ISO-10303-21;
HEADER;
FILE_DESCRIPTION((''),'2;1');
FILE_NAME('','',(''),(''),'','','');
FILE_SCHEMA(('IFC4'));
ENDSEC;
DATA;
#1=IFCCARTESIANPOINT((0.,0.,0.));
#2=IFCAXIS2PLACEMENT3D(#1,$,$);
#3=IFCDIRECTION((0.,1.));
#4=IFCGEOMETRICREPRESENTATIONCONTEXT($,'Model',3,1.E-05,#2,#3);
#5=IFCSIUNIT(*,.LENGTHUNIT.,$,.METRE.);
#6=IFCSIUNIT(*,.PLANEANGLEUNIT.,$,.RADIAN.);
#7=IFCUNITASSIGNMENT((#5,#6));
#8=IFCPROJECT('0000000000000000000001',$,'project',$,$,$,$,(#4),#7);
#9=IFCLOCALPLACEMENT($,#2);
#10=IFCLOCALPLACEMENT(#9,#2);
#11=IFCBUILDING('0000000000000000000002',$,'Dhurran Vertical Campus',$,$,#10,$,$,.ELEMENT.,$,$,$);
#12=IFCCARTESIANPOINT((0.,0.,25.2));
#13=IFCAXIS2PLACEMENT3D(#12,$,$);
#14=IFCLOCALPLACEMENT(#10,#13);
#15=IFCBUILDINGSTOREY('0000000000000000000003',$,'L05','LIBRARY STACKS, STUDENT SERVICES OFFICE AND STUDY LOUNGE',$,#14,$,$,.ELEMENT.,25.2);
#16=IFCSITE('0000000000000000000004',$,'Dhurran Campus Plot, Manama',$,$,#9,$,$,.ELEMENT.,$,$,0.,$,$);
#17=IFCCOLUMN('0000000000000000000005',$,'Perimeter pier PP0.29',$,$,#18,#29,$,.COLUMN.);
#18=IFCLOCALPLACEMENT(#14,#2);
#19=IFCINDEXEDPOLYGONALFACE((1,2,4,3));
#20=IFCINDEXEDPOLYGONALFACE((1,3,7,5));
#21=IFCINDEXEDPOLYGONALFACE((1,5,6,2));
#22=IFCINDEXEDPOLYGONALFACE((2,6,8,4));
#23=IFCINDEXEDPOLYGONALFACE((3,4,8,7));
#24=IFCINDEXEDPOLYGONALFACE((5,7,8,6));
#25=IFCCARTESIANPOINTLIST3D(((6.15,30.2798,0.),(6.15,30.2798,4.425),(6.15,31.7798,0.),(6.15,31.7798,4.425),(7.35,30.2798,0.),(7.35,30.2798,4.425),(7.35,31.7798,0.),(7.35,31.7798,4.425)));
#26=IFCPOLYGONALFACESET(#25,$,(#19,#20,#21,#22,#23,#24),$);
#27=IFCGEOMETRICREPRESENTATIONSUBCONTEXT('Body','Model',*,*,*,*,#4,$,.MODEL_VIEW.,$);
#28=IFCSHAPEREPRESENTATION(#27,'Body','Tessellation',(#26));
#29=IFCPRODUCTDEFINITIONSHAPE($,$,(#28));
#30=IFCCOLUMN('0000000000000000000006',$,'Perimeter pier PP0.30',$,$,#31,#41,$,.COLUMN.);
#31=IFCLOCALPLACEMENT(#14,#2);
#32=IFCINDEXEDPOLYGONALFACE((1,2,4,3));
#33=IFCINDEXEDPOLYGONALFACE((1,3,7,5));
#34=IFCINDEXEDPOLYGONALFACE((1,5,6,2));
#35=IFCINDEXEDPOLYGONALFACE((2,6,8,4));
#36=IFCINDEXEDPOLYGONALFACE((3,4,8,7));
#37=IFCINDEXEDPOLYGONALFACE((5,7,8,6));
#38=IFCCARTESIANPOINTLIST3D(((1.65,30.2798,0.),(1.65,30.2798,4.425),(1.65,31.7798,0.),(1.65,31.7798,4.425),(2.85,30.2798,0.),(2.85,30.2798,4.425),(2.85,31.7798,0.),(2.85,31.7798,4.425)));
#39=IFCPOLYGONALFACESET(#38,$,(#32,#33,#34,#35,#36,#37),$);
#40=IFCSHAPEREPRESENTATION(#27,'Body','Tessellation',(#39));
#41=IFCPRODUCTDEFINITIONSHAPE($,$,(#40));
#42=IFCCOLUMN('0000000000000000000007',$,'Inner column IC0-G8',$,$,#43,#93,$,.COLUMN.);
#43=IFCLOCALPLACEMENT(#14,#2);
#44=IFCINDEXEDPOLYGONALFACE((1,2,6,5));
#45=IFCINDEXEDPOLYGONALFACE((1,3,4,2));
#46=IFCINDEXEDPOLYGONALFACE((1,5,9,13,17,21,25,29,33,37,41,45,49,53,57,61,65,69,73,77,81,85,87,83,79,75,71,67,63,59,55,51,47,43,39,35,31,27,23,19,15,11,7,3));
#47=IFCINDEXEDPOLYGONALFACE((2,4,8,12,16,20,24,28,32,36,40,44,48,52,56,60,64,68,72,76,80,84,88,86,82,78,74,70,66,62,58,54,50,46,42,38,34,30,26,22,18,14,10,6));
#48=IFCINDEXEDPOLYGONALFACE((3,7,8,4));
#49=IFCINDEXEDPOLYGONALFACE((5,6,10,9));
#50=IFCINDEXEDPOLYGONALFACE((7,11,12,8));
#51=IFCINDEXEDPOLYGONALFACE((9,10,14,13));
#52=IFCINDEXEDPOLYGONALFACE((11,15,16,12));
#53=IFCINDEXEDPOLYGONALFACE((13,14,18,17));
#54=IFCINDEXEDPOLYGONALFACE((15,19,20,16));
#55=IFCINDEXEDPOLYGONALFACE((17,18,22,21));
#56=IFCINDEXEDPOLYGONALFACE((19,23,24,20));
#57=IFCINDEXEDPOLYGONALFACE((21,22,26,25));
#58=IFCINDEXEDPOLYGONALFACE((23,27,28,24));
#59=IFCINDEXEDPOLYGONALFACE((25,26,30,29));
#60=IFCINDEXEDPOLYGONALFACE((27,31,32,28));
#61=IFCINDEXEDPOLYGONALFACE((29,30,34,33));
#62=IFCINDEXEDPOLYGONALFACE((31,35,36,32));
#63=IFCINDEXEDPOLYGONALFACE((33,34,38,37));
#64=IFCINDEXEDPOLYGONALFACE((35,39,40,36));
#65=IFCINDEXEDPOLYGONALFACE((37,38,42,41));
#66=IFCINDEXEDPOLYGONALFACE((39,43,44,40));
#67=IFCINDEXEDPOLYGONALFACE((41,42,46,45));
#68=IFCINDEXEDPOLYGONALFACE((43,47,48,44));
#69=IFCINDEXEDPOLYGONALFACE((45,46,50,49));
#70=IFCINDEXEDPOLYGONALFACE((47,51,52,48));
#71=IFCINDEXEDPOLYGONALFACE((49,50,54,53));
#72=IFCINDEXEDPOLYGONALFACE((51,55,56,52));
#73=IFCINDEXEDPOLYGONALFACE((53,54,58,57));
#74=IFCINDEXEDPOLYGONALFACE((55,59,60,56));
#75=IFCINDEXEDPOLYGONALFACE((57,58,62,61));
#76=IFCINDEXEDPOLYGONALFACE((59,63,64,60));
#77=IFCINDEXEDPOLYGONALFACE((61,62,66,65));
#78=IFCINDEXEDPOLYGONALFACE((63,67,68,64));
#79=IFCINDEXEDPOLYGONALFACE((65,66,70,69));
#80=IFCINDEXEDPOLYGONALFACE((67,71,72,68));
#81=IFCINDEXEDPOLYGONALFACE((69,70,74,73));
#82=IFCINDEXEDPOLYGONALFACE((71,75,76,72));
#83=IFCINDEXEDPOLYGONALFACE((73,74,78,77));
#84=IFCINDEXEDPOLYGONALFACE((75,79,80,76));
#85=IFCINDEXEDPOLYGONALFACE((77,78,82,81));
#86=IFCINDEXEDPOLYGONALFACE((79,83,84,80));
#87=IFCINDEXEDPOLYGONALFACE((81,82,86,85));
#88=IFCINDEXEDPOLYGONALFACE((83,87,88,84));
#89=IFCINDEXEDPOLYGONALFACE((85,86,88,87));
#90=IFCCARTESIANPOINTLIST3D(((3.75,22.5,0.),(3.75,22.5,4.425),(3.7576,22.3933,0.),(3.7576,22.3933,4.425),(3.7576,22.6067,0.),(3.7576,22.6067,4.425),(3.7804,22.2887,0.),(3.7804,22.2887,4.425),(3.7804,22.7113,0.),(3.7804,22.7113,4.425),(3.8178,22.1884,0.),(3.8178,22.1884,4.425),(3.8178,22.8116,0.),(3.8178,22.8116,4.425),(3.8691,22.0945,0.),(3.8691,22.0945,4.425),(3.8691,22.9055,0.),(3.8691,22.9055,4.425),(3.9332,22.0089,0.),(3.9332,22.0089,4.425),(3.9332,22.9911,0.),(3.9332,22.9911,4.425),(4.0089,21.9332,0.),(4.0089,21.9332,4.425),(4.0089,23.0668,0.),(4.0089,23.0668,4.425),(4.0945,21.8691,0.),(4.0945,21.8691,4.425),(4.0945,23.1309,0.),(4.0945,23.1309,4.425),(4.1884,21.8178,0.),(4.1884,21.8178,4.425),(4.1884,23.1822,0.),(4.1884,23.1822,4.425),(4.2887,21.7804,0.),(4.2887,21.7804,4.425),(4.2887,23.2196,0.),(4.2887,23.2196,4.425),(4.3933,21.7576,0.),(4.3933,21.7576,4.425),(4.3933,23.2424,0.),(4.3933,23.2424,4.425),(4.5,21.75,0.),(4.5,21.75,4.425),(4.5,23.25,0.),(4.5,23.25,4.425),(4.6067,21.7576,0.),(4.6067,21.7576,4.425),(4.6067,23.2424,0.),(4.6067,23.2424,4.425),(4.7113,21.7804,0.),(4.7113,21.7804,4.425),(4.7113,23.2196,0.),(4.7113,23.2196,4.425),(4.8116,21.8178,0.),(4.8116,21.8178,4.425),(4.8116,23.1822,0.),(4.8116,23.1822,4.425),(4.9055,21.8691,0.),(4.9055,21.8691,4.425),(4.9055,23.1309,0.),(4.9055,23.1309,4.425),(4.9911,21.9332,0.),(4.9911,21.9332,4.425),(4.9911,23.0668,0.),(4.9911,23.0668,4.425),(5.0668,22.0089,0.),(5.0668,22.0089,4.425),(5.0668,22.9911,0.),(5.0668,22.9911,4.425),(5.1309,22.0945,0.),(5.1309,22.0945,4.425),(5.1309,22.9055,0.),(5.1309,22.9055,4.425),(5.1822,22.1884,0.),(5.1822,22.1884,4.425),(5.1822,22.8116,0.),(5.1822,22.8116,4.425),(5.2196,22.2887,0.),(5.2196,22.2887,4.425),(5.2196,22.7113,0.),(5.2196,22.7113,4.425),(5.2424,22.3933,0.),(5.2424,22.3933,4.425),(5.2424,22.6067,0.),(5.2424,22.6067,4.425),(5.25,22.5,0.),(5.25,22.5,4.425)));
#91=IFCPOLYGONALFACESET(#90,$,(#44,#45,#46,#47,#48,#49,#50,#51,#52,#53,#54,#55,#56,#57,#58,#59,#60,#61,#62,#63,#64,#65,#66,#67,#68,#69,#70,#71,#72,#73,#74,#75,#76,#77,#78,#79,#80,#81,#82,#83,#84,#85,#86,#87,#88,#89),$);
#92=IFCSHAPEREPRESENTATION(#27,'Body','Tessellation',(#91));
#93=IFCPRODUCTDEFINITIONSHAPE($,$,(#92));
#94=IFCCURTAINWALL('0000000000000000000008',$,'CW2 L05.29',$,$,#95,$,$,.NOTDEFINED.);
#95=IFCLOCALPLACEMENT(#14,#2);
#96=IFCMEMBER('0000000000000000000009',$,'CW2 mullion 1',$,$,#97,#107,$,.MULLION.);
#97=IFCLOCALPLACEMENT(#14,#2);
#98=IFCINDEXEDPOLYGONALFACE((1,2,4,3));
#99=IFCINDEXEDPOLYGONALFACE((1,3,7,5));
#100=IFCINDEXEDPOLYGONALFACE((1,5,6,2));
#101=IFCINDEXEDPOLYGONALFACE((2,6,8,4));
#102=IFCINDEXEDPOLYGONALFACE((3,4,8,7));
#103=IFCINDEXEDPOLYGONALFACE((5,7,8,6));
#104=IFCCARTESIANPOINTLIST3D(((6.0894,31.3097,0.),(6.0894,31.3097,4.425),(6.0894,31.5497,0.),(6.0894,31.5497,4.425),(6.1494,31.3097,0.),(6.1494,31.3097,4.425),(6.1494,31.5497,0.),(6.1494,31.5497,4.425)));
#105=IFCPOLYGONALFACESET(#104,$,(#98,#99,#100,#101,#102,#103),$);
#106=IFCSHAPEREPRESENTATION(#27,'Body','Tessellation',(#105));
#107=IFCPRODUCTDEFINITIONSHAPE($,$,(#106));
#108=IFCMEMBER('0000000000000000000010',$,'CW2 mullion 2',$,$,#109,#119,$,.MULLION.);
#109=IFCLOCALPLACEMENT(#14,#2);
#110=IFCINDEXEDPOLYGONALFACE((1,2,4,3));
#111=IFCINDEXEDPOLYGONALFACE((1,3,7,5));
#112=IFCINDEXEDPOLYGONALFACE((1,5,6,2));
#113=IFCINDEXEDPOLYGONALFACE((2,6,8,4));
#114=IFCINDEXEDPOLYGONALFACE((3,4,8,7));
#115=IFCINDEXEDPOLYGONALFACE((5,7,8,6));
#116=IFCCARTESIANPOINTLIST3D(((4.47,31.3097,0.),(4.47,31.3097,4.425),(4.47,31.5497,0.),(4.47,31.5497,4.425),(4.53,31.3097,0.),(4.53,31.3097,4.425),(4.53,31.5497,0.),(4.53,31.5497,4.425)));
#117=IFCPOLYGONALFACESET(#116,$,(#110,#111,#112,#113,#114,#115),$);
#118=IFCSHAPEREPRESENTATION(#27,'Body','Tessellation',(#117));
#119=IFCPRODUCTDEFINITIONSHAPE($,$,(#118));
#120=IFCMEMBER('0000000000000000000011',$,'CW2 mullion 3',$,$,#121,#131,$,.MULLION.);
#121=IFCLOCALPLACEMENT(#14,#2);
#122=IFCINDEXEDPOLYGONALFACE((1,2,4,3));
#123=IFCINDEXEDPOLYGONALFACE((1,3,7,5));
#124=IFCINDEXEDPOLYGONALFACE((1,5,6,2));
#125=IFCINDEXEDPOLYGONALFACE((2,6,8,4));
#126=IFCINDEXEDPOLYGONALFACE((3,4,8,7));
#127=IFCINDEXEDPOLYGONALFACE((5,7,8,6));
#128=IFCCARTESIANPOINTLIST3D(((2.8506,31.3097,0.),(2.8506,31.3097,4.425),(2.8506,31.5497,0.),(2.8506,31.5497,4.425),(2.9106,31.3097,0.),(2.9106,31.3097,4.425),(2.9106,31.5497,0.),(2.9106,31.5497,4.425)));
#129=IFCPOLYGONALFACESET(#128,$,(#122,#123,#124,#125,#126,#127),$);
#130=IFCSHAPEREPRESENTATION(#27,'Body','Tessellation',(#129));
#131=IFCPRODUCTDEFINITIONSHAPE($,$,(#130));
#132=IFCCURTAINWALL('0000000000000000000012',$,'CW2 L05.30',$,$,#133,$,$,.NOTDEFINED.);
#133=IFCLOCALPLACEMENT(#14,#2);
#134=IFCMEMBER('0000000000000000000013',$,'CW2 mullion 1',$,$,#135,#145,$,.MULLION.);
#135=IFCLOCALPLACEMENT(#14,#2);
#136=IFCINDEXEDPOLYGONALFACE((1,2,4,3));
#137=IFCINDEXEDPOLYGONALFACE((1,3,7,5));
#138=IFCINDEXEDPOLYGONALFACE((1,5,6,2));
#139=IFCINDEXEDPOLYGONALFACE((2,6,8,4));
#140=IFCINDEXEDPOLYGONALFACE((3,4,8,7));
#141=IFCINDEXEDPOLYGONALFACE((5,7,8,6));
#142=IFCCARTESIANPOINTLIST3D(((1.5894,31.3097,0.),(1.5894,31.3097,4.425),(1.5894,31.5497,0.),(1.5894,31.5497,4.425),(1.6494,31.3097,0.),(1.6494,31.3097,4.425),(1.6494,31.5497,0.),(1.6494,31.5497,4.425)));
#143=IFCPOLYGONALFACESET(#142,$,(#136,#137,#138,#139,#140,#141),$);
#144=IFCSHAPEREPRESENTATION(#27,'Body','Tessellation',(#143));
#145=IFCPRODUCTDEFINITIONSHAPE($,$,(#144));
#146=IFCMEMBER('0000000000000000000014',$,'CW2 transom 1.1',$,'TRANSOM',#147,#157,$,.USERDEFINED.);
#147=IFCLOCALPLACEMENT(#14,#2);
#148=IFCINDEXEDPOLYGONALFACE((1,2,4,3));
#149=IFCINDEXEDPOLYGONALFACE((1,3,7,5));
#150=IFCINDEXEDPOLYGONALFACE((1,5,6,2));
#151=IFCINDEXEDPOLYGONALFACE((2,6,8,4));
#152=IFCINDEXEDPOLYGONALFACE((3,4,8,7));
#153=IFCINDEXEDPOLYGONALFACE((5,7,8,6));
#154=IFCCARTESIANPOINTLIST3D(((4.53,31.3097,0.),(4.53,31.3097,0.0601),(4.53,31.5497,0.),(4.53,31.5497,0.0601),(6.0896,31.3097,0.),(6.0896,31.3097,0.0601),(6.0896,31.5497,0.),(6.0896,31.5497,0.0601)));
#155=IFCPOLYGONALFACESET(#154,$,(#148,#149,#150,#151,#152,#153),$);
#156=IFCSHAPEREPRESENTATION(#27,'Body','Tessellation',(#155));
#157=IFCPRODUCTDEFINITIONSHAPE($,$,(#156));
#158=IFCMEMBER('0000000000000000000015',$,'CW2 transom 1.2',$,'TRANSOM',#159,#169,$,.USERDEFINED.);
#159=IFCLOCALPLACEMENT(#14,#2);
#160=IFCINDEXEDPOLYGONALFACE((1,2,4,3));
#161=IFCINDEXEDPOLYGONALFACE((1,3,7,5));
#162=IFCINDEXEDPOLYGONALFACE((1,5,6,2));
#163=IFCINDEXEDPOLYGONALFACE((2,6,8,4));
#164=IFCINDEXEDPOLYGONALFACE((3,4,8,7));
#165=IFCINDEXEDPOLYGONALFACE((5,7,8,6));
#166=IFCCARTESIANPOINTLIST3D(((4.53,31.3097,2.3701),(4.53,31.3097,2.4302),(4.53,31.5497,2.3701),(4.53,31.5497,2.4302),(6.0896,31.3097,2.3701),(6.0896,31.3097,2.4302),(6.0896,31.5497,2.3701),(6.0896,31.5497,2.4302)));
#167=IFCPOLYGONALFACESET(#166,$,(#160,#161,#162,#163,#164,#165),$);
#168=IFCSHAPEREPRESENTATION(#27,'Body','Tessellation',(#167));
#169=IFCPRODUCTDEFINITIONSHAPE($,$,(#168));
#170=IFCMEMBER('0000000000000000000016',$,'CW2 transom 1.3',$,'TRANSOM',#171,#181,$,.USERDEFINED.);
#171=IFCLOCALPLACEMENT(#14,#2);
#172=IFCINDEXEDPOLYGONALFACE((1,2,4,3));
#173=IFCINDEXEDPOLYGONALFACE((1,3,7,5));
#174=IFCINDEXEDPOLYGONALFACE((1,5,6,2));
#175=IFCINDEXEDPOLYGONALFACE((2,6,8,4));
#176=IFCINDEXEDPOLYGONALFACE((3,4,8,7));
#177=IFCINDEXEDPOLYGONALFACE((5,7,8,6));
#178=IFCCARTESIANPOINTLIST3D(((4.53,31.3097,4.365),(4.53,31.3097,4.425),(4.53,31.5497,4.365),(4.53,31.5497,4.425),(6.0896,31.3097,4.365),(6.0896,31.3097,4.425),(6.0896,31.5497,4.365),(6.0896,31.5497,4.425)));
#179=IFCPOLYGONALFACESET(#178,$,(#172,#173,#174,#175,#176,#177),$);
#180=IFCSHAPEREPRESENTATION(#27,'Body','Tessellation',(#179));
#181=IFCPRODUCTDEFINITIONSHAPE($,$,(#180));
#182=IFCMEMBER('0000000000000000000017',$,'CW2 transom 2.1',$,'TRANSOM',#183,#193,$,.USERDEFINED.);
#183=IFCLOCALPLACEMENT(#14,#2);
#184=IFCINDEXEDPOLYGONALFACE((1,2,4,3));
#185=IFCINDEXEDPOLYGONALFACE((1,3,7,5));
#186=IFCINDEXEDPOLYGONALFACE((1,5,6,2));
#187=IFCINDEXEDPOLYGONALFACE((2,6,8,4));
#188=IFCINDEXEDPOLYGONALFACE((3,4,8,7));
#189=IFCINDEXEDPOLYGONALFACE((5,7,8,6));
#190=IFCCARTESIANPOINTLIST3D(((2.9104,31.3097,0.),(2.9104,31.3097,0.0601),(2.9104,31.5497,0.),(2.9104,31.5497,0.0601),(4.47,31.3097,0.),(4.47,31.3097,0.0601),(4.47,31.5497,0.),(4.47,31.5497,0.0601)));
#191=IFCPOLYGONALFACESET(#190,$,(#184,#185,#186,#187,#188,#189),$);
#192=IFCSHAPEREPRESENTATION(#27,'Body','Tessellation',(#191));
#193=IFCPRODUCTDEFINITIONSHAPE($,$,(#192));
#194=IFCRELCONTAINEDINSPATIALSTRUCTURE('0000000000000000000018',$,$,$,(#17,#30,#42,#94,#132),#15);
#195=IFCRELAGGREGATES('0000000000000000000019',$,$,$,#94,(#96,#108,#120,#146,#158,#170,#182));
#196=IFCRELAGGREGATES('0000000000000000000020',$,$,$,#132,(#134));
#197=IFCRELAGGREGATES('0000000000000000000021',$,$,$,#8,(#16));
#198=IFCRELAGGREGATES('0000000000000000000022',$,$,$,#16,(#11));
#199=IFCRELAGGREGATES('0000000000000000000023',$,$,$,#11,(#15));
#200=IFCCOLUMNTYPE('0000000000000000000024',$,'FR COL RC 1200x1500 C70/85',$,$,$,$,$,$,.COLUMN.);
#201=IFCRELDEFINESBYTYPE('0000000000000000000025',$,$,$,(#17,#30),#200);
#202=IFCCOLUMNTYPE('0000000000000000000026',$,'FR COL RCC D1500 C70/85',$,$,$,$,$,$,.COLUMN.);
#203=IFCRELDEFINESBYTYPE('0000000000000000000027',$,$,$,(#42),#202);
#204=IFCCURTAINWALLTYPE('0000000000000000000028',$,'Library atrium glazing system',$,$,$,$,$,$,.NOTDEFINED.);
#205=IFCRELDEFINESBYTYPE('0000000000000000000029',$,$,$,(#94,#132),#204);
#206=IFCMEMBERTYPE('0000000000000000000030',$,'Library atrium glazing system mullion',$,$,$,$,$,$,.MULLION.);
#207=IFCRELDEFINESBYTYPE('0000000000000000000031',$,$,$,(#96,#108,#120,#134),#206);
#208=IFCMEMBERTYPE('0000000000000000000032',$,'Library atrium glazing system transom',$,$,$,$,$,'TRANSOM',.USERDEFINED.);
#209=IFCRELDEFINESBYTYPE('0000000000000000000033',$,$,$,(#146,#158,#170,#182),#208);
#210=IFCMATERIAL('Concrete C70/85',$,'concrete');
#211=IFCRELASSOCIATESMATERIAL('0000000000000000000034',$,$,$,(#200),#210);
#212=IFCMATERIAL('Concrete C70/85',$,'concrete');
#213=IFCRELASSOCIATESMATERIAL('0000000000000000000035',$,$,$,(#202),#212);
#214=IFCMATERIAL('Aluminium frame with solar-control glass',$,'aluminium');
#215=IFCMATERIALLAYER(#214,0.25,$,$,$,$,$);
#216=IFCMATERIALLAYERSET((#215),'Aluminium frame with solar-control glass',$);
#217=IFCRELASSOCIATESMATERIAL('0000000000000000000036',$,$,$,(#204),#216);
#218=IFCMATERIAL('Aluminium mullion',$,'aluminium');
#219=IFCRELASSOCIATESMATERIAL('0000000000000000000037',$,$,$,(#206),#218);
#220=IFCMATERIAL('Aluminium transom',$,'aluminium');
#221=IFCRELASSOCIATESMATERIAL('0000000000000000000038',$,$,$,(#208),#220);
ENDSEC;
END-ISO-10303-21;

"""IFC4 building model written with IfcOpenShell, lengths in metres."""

from ifc_helpers import new_model, si_unit, direction, frame, origin, origin_2d, place, context, subcontext, project, spatial, rectangle, circle, extrude, material, layer, layer_set, material_profile, profile_set, type_object, element, aggregate, save


model = new_model("IFC4")

# Units and contexts
model_context = context("Model", 3, precision=1e-05, world=origin(), true_north=direction((0.0, 1.0)))
body_context = subcontext(model_context, "Body", "Model", "MODEL_VIEW")
ifc_project = project(units=[si_unit("LENGTHUNIT", "METRE"), si_unit("PLANEANGLEUNIT", "RADIAN")], contexts=[model_context])

# Site, building, storey
site_placement = place(None, origin())
site = spatial("IfcSite", under=ifc_project, at=site_placement, Name="Dhurran Campus Plot, Manama", CompositionType="ELEMENT", RefElevation=0.0)
building_placement = place(site_placement, origin())
building = spatial("IfcBuilding", under=site, at=building_placement, Name="Dhurran Vertical Campus", CompositionType="ELEMENT")
storey_placement = place(building_placement, frame((0.0, 0.0, 25.2)))
storey = spatial("IfcBuildingStorey", under=building, at=storey_placement, Name="L05", Description="LIBRARY STACKS, STUDENT SERVICES OFFICE AND STUDY LOUNGE", CompositionType="ELEMENT", Elevation=25.2)

# Columns
ifc_material_1 = material(Name="Concrete C70/85", Category="concrete")
ifc_material_profile_1 = material_profile(ifc_material_1, rectangle(XDim=1.2, YDim=1.5, at=origin_2d()), Name="RC 1200x1500")
ifc_profile_set_1 = profile_set([ifc_material_profile_1], Name="Concrete C70/85")
column_type_1 = type_object("IfcColumnType", Name="FR COL RC 1200x1500 C70/85", PredefinedType="COLUMN", material=ifc_profile_set_1)
for number, where, z_axis, x_axis, name in (
    (1, (6.75, 31.0298, 0.0), (0.0, 0.0, 1.0), (-1.0, 0.0, 0.0), "Perimeter pier PP0.29"),
    (2, (2.25, 31.0298, 0.0), (0.0, 0.0, 1.0), (-1.0, 0.0, 0.0), "Perimeter pier PP0.30"),
):
    element("IfcColumn", number, at=place(storey_placement, frame(where, z_axis=z_axis, x_axis=x_axis)), inside=storey, type_object=column_type_1, Name=name, PredefinedType="COLUMN", context=body_context, shape_type="SweptSolid", body=[
        extrude(rectangle(XDim=1.2, YDim=1.5, at=origin_2d()), origin(), (0.0, 0.0, 1.0), 4.425),
    ])
ifc_material_2 = material(Name="Concrete C70/85", Category="concrete")
ifc_material_profile_2 = material_profile(ifc_material_2, circle(Radius=0.75, at=origin_2d()), Name="RCC D1500")
ifc_profile_set_2 = profile_set([ifc_material_profile_2], Name="Concrete C70/85")
column_type_2 = type_object("IfcColumnType", Name="FR COL RCC D1500 C70/85", PredefinedType="COLUMN", material=ifc_profile_set_2)
column_placement = place(storey_placement, frame((4.5, 22.5, 0.0), z_axis=(0.0, 0.0, 1.0), x_axis=(1.0, 0.0, 0.0)))
element("IfcColumn", 3, at=column_placement, inside=storey, type_object=column_type_2, Name="Inner column IC0-G8", PredefinedType="COLUMN", context=body_context, shape_type="SweptSolid", body=[
    extrude(circle(Radius=0.75, at=origin_2d()), origin(), (0.0, 0.0, 1.0), 4.425),
])

# Curtain wall, members
ifc_material_3 = material(Name="Aluminium frame with solar-control glass", Category="aluminium")
ifc_layer_1 = layer(ifc_material_3, 0.25)
ifc_layer_set_1 = layer_set([ifc_layer_1], Name="Aluminium frame with solar-control glass")
curtain_wall_type = type_object("IfcCurtainWallType", Name="Library atrium glazing system", PredefinedType="NOTDEFINED", material=ifc_layer_set_1)
curtain_wall_1_placement = place(storey_placement, origin())
curtain_wall_1 = element("IfcCurtainWall", 4, at=curtain_wall_1_placement, inside=storey, type_object=curtain_wall_type, Name="CW2 L05.29", PredefinedType="NOTDEFINED")
ifc_material_4 = material(Name="Aluminium mullion", Category="aluminium")
ifc_material_profile_3 = material_profile(ifc_material_4, rectangle(XDim=0.24, YDim=0.0601, at=origin_2d()), Name="Library atrium glazing system mullion")
ifc_profile_set_3 = profile_set([ifc_material_profile_3], Name="Aluminium mullion")
member_type_1 = type_object("IfcMemberType", Name="Library atrium glazing system mullion", PredefinedType="MULLION", material=ifc_profile_set_3)
member_1_placement = place(storey_placement, frame((6.1194, 31.4297, 0.0), z_axis=(0.0, 0.0, 1.0), x_axis=(0.0, -1.0, 0.0)))
member_1 = element("IfcMember", 5, at=member_1_placement, type_object=member_type_1, Name="CW2 mullion 1", PredefinedType="MULLION", context=body_context, shape_type="SweptSolid", body=[
    extrude(rectangle(XDim=0.24, YDim=0.0601, at=origin_2d()), origin(), (0.0, 0.0, 1.0), 4.425),
])
member_2_placement = place(storey_placement, frame((4.5, 31.4297, 0.0), z_axis=(0.0, 0.0, 1.0), x_axis=(0.0, -1.0, 0.0)))
member_2 = element("IfcMember", 6, at=member_2_placement, type_object=member_type_1, Name="CW2 mullion 2", PredefinedType="MULLION", context=body_context, shape_type="SweptSolid", body=[
    extrude(rectangle(XDim=0.24, YDim=0.0601, at=origin_2d()), origin(), (0.0, 0.0, 1.0), 4.425),
])
member_3_placement = place(storey_placement, frame((2.8806, 31.4297, 0.0), z_axis=(0.0, 0.0, 1.0), x_axis=(0.0, -1.0, 0.0)))
member_3 = element("IfcMember", 7, at=member_3_placement, type_object=member_type_1, Name="CW2 mullion 3", PredefinedType="MULLION", context=body_context, shape_type="SweptSolid", body=[
    extrude(rectangle(XDim=0.24, YDim=0.0601, at=origin_2d()), origin(), (0.0, 0.0, 1.0), 4.425),
])

# Curtain wall, member
curtain_wall_2_placement = place(storey_placement, origin())
curtain_wall_2 = element("IfcCurtainWall", 8, at=curtain_wall_2_placement, inside=storey, type_object=curtain_wall_type, Name="CW2 L05.30", PredefinedType="NOTDEFINED")
member_4_placement = place(storey_placement, frame((1.6194, 31.4297, 0.0), z_axis=(0.0, 0.0, 1.0), x_axis=(0.0, -1.0, 0.0)))
member_4 = element("IfcMember", 9, at=member_4_placement, type_object=member_type_1, Name="CW2 mullion 1", PredefinedType="MULLION", context=body_context, shape_type="SweptSolid", body=[
    extrude(rectangle(XDim=0.24, YDim=0.0601, at=origin_2d()), origin(), (0.0, 0.0, 1.0), 4.425),
])

# Members
ifc_material_5 = material(Name="Aluminium transom", Category="aluminium")
ifc_material_profile_4 = material_profile(ifc_material_5, rectangle(XDim=0.24, YDim=0.0601, at=origin_2d()), Name="Library atrium glazing system transom")
ifc_profile_set_4 = profile_set([ifc_material_profile_4], Name="Aluminium transom")
member_type_2 = type_object("IfcMemberType", Name="Library atrium glazing system transom", ElementType="TRANSOM", PredefinedType="USERDEFINED", material=ifc_profile_set_4)
member_5_placement = place(storey_placement, frame((6.0896, 31.4297, 0.03), z_axis=(-1.0, 0.0, 0.0), x_axis=(0.0, -1.0, 0.0)))
member_5 = element("IfcMember", 10, at=member_5_placement, type_object=member_type_2, Name="CW2 transom 1.1", ObjectType="TRANSOM", PredefinedType="USERDEFINED", context=body_context, shape_type="SweptSolid", body=[
    extrude(rectangle(XDim=0.24, YDim=0.0601, at=origin_2d()), origin(), (0.0, 0.0, 1.0), 1.5596),
])
member_6_placement = place(storey_placement, frame((6.0896, 31.4297, 2.4001), z_axis=(-1.0, 0.0, 0.0), x_axis=(0.0, -1.0, 0.0)))
member_6 = element("IfcMember", 11, at=member_6_placement, type_object=member_type_2, Name="CW2 transom 1.2", ObjectType="TRANSOM", PredefinedType="USERDEFINED", context=body_context, shape_type="SweptSolid", body=[
    extrude(rectangle(XDim=0.24, YDim=0.0601, at=origin_2d()), origin(), (0.0, 0.0, 1.0), 1.5596),
])
member_7_placement = place(storey_placement, frame((6.0896, 31.4297, 4.395), z_axis=(-1.0, 0.0, 0.0), x_axis=(0.0, -1.0, 0.0)))
member_7 = element("IfcMember", 12, at=member_7_placement, type_object=member_type_2, Name="CW2 transom 1.3", ObjectType="TRANSOM", PredefinedType="USERDEFINED", context=body_context, shape_type="SweptSolid", body=[
    extrude(rectangle(XDim=0.24, YDim=0.0601, at=origin_2d()), origin(), (0.0, 0.0, 1.0), 1.5596),
])
member_8_placement = place(storey_placement, frame((4.47, 31.4297, 0.03), z_axis=(-1.0, 0.0, 0.0), x_axis=(0.0, -1.0, 0.0)))
member_8 = element("IfcMember", 13, at=member_8_placement, type_object=member_type_2, Name="CW2 transom 2.1", ObjectType="TRANSOM", PredefinedType="USERDEFINED", context=body_context, shape_type="SweptSolid", body=[
    extrude(rectangle(XDim=0.24, YDim=0.0601, at=origin_2d()), origin(), (0.0, 0.0, 1.0), 1.5596),
])

aggregate(curtain_wall_1, [member_1, member_2, member_3, member_5, member_6, member_7, member_8])
aggregate(curtain_wall_2, [member_4])

save(model, "model.ifc")
